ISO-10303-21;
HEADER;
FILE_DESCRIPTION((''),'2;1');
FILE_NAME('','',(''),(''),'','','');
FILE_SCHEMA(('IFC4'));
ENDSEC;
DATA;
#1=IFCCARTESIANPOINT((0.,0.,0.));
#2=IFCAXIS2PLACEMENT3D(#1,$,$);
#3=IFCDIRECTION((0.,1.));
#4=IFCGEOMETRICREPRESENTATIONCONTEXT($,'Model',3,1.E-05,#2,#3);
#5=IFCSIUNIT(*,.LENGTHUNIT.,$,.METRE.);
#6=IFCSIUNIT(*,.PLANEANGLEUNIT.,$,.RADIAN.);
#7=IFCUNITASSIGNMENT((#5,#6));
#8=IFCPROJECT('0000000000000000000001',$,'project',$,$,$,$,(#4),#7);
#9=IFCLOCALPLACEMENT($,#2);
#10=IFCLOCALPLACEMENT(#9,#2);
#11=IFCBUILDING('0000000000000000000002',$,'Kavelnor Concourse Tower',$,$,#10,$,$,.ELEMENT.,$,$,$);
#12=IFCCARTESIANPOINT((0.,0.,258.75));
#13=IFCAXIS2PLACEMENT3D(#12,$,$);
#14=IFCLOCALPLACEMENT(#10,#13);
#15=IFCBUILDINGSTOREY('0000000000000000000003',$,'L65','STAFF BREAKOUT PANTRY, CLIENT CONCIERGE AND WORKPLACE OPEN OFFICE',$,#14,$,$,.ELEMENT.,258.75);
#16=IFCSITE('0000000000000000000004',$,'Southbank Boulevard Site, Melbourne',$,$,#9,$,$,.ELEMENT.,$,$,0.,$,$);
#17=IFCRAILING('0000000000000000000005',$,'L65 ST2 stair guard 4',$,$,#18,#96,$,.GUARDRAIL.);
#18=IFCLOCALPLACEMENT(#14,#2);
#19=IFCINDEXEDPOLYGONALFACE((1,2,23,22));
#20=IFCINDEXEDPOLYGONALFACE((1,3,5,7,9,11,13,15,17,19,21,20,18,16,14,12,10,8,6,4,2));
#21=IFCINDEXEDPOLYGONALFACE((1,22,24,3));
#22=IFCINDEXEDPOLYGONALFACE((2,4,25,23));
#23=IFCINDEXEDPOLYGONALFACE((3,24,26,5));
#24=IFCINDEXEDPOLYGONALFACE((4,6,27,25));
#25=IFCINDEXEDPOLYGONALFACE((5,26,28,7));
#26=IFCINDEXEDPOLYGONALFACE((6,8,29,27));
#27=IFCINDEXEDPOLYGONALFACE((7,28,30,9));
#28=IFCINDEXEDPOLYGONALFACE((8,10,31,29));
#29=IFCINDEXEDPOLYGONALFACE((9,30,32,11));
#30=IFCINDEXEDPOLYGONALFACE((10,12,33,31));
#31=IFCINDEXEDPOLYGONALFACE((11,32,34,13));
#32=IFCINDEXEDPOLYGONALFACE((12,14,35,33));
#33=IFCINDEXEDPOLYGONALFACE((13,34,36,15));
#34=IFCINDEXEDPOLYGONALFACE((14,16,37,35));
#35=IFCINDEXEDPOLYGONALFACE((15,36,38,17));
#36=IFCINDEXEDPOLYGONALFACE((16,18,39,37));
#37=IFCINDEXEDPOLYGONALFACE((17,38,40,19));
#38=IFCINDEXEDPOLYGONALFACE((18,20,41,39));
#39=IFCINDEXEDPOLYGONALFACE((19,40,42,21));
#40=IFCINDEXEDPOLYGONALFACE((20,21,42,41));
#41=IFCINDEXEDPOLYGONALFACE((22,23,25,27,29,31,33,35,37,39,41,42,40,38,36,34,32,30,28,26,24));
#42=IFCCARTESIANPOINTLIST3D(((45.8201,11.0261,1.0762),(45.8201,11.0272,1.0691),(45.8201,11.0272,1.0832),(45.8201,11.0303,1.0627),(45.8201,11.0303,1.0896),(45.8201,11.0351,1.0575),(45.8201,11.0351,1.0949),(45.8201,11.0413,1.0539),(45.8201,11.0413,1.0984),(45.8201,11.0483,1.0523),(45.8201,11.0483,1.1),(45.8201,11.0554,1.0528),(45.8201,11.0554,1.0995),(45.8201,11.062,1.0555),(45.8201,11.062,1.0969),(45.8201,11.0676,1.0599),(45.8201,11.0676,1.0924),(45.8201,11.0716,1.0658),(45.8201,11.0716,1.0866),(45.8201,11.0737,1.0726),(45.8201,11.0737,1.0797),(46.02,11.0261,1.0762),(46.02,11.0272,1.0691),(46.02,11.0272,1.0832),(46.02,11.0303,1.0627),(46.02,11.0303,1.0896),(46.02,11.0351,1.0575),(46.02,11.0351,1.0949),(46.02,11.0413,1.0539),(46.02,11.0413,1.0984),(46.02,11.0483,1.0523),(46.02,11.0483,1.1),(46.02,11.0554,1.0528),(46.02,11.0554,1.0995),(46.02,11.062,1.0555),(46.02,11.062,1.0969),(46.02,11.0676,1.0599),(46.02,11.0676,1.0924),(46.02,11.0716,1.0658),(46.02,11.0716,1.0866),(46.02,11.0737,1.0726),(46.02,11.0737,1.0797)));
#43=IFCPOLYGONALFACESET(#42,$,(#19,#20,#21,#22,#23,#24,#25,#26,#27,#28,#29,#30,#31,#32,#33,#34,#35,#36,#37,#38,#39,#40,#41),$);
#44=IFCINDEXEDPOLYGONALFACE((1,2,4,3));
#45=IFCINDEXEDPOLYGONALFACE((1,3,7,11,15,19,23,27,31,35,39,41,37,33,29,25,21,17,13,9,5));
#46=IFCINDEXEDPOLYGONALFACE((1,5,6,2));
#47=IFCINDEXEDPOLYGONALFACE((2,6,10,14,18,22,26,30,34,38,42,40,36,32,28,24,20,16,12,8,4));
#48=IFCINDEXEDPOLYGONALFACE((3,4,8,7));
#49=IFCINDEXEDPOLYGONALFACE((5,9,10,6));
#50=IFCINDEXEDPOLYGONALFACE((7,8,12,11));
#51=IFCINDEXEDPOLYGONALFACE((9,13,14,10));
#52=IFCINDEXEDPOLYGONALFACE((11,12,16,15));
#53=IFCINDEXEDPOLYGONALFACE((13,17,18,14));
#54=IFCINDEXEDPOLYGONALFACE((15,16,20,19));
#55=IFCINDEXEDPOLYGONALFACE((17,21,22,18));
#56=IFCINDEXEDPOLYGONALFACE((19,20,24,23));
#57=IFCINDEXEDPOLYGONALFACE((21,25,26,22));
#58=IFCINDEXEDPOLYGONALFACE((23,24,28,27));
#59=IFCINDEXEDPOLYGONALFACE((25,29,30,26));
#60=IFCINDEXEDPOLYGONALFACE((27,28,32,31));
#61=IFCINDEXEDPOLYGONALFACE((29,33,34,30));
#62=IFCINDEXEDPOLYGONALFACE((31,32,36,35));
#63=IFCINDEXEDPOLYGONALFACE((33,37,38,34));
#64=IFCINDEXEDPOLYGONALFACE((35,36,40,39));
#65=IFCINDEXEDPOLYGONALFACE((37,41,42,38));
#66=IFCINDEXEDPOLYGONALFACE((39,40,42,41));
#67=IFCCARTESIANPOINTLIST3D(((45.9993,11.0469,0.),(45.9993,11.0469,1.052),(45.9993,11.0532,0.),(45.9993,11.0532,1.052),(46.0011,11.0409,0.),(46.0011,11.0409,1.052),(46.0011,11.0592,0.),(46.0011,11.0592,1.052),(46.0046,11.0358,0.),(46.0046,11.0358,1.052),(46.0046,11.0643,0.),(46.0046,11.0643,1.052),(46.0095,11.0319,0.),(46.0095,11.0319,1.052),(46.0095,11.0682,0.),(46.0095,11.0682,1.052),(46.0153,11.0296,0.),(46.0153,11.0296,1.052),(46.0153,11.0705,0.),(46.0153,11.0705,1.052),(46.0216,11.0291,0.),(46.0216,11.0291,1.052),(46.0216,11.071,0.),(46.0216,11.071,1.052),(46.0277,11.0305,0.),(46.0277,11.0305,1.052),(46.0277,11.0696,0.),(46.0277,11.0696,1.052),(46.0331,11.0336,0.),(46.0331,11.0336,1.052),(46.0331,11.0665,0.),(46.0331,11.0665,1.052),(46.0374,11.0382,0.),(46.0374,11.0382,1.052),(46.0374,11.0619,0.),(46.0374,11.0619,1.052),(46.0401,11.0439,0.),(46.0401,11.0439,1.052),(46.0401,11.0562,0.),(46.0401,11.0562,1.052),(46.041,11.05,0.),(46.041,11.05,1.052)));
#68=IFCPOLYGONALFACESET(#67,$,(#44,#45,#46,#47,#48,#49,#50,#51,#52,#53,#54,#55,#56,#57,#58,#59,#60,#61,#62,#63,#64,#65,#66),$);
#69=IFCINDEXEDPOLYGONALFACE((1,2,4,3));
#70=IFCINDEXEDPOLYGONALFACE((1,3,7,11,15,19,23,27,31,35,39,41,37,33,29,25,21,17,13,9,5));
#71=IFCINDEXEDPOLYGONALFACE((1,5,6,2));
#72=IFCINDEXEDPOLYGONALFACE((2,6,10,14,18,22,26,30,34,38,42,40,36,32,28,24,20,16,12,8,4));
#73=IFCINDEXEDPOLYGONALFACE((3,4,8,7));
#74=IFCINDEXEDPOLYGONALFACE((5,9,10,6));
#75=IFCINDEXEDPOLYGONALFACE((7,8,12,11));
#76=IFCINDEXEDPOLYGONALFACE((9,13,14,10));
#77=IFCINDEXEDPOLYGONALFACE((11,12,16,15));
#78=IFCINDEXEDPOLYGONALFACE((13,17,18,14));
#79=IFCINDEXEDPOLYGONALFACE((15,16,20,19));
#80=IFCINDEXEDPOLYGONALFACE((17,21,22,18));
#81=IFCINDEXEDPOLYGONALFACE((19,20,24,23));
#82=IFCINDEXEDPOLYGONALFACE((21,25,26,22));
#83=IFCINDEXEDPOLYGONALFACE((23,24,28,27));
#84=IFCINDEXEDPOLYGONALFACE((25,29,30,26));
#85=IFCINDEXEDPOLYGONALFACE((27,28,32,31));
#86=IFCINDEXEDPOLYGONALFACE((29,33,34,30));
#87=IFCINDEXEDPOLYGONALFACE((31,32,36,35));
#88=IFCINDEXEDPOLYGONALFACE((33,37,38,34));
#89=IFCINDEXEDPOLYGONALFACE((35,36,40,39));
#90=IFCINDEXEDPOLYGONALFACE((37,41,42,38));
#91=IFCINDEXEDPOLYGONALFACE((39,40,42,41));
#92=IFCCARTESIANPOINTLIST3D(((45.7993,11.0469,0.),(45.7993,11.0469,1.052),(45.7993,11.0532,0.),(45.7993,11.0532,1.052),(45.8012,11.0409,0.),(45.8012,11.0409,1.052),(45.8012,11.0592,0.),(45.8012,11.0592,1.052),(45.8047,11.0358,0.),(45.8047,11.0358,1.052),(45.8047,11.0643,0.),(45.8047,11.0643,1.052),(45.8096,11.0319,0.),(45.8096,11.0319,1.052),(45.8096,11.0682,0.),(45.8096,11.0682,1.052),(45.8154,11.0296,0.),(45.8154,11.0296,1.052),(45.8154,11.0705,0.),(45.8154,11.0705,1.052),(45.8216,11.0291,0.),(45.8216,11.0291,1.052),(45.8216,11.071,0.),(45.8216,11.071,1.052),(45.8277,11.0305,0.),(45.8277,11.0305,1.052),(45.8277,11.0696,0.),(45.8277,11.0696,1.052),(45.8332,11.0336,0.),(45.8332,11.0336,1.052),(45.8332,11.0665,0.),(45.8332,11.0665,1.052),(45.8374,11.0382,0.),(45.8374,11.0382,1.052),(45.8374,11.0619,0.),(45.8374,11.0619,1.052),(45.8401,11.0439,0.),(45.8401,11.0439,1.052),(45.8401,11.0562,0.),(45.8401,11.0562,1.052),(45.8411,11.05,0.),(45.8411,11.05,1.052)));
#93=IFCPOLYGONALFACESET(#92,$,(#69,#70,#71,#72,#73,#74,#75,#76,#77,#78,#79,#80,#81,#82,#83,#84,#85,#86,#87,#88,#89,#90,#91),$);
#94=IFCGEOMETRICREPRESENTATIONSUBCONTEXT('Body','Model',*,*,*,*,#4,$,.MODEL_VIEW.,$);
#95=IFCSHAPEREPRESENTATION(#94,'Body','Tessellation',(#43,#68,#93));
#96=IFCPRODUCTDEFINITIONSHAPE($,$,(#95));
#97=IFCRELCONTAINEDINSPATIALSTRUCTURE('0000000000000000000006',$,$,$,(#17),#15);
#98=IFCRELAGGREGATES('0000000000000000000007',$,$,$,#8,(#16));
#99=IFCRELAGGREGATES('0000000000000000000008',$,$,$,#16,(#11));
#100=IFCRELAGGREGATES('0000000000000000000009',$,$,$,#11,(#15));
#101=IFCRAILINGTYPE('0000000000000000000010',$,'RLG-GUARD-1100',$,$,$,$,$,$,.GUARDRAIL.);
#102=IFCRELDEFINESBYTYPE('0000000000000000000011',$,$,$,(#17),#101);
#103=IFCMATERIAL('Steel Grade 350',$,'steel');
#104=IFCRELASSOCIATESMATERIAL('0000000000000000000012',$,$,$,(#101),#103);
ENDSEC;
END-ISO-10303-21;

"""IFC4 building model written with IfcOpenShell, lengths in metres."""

from ifc_helpers import new_model, si_unit, direction, frame, origin, origin_2d, place, context, subcontext, project, spatial, circle, extrude, material, type_object, element, save


model = new_model("IFC4")

# Units and contexts
model_context = context("Model", 3, precision=1e-05, world=origin(), true_north=direction((0.0, 1.0)))
body_context = subcontext(model_context, "Body", "Model", "MODEL_VIEW")
ifc_project = project(units=[si_unit("LENGTHUNIT", "METRE"), si_unit("PLANEANGLEUNIT", "RADIAN")], contexts=[model_context])

# Site, building, storey
site_placement = place(None, origin())
site = spatial("IfcSite", under=ifc_project, at=site_placement, Name="Southbank Boulevard Site, Melbourne", CompositionType="ELEMENT", RefElevation=0.0)
building_placement = place(site_placement, origin())
building = spatial("IfcBuilding", under=site, at=building_placement, Name="Kavelnor Concourse Tower", CompositionType="ELEMENT")
storey_placement = place(building_placement, frame((0.0, 0.0, 258.75)))
storey = spatial("IfcBuildingStorey", under=building, at=storey_placement, Name="L65", Description="STAFF BREAKOUT PANTRY, CLIENT CONCIERGE AND WORKPLACE OPEN OFFICE", CompositionType="ELEMENT", Elevation=258.75)

# Shared definitions
ifc_material_1 = material(Name="Steel Grade 350", Category="steel")

# Railing
railing_type_1 = type_object("IfcRailingType", Name="RLG-GUARD-1100", PredefinedType="GUARDRAIL", material=ifc_material_1)
railing_1_placement = place(storey_placement, frame((46.02, 11.05, 0.0)))
element("IfcRailing", 1, at=railing_1_placement, inside=storey, type_object=railing_type_1, Name="L65 ST2 stair guard 4", PredefinedType="GUARDRAIL", context=body_context, shape_type="SweptSolid", body=[
    extrude(circle(Radius=0.0239, at=origin_2d()), frame((0.0, 0.0, 1.0762), z_axis=(-1.0, 0.0, 0.0), x_axis=(0.0, -1.0, 0.0)), (0.0, 0.0, 1.0), 0.2),
    extrude(circle(Radius=0.021, at=origin_2d()), origin(), (0.0, 0.0, 1.0), 1.052),
    extrude(circle(Radius=0.021, at=origin_2d()), frame((-0.2, 0.0, 0.0)), (0.0, 0.0, 1.0), 1.052),
])

save(model, "model.ifc")
